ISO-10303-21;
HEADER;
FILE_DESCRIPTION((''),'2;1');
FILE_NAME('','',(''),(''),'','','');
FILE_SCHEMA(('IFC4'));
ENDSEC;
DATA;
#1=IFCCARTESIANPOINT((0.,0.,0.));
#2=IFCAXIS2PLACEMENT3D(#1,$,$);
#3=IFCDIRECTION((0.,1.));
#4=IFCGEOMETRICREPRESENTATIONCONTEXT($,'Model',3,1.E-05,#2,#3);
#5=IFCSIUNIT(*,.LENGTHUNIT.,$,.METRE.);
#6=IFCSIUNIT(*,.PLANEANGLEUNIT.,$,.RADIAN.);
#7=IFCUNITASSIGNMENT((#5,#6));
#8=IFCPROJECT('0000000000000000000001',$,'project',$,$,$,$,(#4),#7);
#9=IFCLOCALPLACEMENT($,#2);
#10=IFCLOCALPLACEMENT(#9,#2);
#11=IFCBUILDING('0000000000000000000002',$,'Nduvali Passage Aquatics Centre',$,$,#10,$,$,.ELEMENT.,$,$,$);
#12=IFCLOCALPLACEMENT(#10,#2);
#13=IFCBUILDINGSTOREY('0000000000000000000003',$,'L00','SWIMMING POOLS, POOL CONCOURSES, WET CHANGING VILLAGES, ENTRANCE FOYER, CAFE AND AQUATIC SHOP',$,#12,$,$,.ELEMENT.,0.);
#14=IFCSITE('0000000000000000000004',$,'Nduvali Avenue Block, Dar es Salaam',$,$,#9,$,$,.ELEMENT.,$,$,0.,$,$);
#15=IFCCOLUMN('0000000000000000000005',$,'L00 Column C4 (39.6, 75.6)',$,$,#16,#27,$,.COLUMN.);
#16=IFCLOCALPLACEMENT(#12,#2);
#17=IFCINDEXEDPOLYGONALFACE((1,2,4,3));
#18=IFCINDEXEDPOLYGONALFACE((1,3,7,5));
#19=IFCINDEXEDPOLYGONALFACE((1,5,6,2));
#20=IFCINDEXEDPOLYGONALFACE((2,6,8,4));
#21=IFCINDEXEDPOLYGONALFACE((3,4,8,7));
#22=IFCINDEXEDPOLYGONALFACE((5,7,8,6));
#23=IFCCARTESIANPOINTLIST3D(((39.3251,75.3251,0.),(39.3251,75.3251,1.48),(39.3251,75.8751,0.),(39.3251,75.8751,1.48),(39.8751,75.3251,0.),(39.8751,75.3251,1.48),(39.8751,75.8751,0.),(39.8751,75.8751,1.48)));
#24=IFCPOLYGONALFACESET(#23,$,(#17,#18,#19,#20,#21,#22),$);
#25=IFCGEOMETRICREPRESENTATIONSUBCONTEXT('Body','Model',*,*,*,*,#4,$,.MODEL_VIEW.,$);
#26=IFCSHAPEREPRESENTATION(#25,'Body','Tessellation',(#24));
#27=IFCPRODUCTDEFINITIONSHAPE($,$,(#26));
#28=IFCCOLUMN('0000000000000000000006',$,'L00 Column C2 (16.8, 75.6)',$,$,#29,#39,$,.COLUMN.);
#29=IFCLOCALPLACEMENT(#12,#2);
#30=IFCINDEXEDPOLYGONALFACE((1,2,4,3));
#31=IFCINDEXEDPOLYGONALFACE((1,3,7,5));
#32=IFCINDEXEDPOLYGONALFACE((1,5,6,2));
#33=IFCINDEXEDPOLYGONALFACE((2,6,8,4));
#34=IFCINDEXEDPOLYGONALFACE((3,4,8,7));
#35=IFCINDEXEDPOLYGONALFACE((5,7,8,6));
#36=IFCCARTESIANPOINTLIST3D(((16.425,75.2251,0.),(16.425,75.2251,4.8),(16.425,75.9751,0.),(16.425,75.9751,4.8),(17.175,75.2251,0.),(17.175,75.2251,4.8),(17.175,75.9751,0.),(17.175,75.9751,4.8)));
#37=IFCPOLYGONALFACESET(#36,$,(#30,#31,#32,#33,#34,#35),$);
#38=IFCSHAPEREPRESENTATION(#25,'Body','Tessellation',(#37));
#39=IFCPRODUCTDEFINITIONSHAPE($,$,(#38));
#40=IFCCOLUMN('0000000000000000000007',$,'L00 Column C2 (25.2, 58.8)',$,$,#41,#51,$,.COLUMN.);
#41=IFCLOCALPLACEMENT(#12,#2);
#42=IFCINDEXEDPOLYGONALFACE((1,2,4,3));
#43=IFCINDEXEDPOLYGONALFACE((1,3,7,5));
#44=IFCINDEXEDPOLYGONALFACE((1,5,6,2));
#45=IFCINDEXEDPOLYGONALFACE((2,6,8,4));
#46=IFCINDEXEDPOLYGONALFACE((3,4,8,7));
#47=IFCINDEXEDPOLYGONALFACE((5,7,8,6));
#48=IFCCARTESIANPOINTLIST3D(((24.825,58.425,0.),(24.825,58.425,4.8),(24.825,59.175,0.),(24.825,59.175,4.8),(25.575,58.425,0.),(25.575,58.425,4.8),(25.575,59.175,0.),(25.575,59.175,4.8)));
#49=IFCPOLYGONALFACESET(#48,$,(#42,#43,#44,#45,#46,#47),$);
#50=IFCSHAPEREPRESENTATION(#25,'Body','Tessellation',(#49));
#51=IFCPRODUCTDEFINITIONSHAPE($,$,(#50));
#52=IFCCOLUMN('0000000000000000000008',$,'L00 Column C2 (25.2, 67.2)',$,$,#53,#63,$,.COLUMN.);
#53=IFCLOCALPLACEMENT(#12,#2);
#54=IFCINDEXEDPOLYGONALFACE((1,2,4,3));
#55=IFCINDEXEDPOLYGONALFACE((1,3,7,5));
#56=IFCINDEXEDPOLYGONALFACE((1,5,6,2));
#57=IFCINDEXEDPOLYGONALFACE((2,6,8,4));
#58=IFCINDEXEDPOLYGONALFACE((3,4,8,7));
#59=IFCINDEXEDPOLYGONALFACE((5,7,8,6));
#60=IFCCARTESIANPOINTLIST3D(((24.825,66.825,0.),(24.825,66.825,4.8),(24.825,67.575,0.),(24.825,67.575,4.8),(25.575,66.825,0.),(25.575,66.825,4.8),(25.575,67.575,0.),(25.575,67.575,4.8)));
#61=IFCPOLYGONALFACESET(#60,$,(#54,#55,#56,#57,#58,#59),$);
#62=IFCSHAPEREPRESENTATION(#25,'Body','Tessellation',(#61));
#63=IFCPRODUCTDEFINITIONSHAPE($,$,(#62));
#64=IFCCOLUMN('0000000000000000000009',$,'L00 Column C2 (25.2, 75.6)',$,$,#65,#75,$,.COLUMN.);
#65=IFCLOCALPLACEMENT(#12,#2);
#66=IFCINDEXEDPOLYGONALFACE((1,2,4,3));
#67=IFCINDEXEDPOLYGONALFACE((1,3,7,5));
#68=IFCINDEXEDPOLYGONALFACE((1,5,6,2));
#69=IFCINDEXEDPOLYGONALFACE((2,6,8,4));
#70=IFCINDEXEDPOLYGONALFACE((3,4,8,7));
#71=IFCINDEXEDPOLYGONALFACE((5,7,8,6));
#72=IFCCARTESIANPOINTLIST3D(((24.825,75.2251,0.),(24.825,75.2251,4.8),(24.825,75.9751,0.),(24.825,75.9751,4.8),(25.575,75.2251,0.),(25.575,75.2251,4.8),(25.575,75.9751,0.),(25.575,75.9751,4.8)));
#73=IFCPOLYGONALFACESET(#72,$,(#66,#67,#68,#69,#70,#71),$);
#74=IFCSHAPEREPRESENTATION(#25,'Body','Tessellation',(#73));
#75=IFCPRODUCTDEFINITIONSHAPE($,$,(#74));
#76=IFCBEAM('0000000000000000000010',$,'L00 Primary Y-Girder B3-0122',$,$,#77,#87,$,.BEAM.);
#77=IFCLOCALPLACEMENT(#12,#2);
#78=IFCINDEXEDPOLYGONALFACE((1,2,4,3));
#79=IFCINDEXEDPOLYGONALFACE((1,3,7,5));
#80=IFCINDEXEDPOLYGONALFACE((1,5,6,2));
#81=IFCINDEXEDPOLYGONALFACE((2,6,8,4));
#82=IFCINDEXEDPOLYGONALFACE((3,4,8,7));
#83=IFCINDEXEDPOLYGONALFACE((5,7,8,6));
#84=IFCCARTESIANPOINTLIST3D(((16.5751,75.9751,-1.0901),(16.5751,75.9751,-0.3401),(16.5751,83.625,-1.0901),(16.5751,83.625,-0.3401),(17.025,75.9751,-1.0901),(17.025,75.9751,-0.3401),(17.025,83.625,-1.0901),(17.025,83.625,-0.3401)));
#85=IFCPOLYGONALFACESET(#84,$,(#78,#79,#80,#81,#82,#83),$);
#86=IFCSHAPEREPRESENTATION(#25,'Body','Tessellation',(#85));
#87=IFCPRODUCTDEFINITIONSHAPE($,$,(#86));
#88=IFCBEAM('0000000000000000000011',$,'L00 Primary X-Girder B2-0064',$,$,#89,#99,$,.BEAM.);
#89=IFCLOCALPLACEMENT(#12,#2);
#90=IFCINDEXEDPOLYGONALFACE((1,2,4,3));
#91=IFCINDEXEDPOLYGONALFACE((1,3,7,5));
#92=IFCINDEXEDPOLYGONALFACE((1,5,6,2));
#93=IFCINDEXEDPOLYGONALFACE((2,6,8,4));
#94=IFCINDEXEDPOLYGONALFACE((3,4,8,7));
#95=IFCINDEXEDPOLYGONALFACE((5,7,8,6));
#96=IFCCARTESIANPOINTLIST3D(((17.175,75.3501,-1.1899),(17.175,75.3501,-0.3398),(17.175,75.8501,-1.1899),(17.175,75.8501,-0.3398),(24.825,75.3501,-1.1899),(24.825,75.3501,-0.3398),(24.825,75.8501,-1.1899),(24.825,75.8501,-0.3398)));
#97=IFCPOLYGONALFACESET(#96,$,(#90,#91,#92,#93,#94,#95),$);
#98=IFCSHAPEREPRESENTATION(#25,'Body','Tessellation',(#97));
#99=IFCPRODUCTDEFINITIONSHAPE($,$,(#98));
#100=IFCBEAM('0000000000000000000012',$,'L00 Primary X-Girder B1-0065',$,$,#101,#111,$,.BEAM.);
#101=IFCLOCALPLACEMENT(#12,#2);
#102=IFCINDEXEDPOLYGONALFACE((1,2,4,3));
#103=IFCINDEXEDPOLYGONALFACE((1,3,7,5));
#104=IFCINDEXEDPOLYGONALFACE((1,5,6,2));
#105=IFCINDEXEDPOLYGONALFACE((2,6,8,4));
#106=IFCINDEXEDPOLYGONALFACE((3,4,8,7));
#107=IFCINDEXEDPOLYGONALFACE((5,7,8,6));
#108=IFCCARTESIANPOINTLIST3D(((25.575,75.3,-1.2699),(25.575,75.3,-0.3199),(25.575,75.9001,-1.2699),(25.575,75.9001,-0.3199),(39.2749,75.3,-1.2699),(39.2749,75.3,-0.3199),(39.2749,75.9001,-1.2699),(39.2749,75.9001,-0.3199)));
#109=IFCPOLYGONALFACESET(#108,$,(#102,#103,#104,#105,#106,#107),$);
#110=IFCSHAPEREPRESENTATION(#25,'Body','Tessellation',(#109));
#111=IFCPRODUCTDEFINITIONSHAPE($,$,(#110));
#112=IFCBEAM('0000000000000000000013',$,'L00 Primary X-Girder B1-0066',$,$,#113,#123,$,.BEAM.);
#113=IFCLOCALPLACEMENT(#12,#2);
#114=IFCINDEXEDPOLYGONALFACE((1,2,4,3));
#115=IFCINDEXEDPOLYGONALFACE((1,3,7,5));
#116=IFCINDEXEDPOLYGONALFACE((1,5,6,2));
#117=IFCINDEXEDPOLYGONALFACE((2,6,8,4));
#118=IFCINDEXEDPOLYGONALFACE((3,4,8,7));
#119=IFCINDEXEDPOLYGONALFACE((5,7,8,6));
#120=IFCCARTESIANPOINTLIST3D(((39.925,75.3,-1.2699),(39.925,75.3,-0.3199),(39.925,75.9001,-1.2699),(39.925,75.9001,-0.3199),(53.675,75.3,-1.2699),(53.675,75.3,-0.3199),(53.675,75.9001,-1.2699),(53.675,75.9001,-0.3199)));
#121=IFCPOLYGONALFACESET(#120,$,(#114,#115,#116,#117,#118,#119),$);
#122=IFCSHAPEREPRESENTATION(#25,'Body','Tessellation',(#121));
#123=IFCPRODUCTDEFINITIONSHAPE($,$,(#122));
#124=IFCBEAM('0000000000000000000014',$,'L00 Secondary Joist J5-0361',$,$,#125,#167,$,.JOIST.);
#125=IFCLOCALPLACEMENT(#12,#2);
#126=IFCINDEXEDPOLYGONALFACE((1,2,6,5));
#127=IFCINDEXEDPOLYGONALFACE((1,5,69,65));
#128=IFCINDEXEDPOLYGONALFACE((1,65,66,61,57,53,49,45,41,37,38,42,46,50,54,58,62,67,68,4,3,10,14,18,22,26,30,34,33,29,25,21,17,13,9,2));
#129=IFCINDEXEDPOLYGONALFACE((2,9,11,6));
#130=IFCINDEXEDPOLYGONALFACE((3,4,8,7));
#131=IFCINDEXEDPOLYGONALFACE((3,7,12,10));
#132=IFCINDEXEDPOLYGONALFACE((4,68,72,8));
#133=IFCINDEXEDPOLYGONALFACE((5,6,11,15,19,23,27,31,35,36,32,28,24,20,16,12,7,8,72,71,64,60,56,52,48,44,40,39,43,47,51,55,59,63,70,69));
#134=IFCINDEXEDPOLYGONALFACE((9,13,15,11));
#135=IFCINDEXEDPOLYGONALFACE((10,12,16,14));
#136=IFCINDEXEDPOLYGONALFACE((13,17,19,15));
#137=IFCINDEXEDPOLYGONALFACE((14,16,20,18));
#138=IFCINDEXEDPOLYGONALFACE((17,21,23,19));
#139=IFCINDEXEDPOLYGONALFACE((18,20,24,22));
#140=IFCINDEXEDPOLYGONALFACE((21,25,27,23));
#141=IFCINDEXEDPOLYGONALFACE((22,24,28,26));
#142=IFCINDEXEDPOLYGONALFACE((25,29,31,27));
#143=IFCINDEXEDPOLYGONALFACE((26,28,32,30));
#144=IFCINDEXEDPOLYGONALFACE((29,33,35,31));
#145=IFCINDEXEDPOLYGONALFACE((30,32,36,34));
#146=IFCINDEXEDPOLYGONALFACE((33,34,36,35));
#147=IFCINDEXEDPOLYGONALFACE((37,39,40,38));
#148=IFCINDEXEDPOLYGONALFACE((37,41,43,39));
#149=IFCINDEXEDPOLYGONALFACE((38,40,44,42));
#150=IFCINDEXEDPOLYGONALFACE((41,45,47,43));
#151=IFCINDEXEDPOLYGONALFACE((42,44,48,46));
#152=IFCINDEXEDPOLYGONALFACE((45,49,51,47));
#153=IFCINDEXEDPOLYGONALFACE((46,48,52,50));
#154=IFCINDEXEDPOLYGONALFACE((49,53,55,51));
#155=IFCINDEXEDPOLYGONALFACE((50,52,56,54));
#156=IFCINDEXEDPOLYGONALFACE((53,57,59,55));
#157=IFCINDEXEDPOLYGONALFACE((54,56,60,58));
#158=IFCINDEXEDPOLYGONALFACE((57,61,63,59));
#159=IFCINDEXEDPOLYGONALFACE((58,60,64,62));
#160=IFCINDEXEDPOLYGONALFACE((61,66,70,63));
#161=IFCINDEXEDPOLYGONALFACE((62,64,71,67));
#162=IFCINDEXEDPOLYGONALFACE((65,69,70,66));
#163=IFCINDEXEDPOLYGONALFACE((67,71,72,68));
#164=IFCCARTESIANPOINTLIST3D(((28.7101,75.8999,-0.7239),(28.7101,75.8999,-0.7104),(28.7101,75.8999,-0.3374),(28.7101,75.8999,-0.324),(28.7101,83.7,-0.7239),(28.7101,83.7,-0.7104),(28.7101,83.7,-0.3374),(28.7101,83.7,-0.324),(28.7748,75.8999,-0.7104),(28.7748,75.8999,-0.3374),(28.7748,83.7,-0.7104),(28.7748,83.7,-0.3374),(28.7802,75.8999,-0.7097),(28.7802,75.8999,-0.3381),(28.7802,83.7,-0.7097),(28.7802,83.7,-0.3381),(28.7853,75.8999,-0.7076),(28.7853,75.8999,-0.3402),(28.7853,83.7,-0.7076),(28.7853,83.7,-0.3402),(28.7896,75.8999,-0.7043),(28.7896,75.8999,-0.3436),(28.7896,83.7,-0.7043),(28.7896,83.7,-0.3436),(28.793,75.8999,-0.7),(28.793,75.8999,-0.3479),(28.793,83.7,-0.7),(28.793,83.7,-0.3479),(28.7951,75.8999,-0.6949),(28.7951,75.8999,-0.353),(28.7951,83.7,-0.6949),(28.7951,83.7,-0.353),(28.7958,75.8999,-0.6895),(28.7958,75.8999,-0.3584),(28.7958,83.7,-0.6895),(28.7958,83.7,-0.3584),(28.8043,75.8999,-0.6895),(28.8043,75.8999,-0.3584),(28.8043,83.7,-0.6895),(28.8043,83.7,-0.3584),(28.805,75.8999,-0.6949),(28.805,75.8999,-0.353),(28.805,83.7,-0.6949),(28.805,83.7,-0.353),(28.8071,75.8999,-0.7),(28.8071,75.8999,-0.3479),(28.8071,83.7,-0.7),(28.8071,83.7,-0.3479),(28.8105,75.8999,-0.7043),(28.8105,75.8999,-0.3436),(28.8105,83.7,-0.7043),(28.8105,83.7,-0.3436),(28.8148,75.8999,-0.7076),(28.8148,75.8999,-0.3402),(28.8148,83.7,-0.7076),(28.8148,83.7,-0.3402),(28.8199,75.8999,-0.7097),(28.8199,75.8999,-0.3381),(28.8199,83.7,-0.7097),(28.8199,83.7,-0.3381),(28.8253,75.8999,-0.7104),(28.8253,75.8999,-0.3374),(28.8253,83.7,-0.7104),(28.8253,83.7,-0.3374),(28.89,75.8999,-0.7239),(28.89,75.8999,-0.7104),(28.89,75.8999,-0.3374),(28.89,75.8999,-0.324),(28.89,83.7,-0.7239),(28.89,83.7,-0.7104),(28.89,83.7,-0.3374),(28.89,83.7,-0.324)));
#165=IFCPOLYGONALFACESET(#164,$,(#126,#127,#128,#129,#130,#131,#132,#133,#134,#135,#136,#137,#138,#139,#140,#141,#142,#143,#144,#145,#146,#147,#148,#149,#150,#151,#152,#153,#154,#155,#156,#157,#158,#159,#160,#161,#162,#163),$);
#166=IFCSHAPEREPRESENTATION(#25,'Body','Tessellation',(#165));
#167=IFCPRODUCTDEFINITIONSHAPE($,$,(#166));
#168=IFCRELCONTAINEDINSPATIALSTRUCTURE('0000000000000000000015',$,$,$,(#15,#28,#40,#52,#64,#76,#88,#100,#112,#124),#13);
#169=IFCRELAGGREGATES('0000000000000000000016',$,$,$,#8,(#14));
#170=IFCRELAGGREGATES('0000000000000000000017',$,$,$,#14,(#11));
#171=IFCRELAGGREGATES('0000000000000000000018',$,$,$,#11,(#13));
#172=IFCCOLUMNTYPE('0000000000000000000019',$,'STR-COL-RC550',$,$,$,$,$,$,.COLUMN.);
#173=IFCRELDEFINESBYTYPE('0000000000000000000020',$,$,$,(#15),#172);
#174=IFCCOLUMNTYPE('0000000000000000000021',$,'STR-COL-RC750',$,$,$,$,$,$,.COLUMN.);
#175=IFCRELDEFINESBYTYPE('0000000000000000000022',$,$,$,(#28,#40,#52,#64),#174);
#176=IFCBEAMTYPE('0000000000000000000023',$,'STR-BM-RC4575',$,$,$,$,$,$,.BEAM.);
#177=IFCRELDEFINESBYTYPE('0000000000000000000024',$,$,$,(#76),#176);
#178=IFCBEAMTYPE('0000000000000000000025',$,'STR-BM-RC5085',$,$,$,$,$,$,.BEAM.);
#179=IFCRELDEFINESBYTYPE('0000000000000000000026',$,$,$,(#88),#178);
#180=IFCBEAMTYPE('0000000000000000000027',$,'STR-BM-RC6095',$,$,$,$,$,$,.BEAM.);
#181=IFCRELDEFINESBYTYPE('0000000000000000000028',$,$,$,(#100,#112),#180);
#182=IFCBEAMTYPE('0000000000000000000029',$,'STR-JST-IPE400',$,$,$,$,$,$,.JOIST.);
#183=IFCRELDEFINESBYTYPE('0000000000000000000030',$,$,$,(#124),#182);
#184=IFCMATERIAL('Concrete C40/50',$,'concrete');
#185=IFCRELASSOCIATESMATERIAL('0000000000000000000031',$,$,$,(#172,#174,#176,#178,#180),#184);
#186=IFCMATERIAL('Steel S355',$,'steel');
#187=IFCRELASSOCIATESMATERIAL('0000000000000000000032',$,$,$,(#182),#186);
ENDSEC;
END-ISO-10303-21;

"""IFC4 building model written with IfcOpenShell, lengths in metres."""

from ifc_helpers import new_model, si_unit, direction, frame, origin, origin_2d, place, context, subcontext, project, spatial, rectangle, i_section, extrude, material, material_profile, profile_set, type_object, element, save


model = new_model("IFC4")

# Units and contexts
model_context = context("Model", 3, precision=1e-05, world=origin(), true_north=direction((0.0, 1.0)))
body_context = subcontext(model_context, "Body", "Model", "MODEL_VIEW")
ifc_project = project(units=[si_unit("LENGTHUNIT", "METRE"), si_unit("PLANEANGLEUNIT", "RADIAN")], contexts=[model_context])

# Site, building, storey
site_placement = place(None, origin())
site = spatial("IfcSite", under=ifc_project, at=site_placement, Name="Nduvali Avenue Block, Dar es Salaam", CompositionType="ELEMENT", RefElevation=0.0)
building_placement = place(site_placement, origin())
building = spatial("IfcBuilding", under=site, at=building_placement, Name="Nduvali Passage Aquatics Centre", CompositionType="ELEMENT")
storey_placement = place(building_placement, origin())
storey = spatial("IfcBuildingStorey", under=building, at=storey_placement, Name="L00", Description="SWIMMING POOLS, POOL CONCOURSES, WET CHANGING VILLAGES, ENTRANCE FOYER, CAFE AND AQUATIC SHOP", CompositionType="ELEMENT", Elevation=0.0)

# Columns
ifc_material_1 = material(Name="Concrete C40/50", Category="concrete")
ifc_material_profile_1 = material_profile(ifc_material_1, rectangle(XDim=0.55, YDim=0.55, at=origin_2d()), Name="RC 550x550")
ifc_profile_set_1 = profile_set([ifc_material_profile_1], Name="Concrete C40/50")
column_type_1 = type_object("IfcColumnType", Name="STR-COL-RC550", PredefinedType="COLUMN", material=ifc_profile_set_1)
column_placement = place(storey_placement, frame((39.6001, 75.6001, 0.0), z_axis=(0.0, 0.0, 1.0), x_axis=(1.0, 0.0, 0.0)))
element("IfcColumn", 1, at=column_placement, inside=storey, type_object=column_type_1, Name="L00 Column C4 (39.6, 75.6)", PredefinedType="COLUMN", context=body_context, shape_type="SweptSolid", body=[
    extrude(rectangle(XDim=0.55, YDim=0.55, at=origin_2d()), origin(), (0.0, 0.0, 1.0), 1.48),
])
ifc_material_profile_2 = material_profile(ifc_material_1, rectangle(XDim=0.75, YDim=0.75, at=origin_2d()), Name="RC 750x750")
ifc_profile_set_2 = profile_set([ifc_material_profile_2], Name="Concrete C40/50")
column_type_2 = type_object("IfcColumnType", Name="STR-COL-RC750", PredefinedType="COLUMN", material=ifc_profile_set_2)
for number, where, z_axis, x_axis, name in (
    (2, (16.8, 75.6001, 0.0), (0.0, 0.0, 1.0), (1.0, 0.0, 0.0), "L00 Column C2 (16.8, 75.6)"),
    (3, (25.2, 58.8, 0.0), (0.0, 0.0, 1.0), (1.0, 0.0, 0.0), "L00 Column C2 (25.2, 58.8)"),
    (4, (25.2, 67.2, 0.0), (0.0, 0.0, 1.0), (1.0, 0.0, 0.0), "L00 Column C2 (25.2, 67.2)"),
    (5, (25.2, 75.6001, 0.0), (0.0, 0.0, 1.0), (1.0, 0.0, 0.0), "L00 Column C2 (25.2, 75.6)"),
):
    element("IfcColumn", number, at=place(storey_placement, frame(where, z_axis=z_axis, x_axis=x_axis)), inside=storey, type_object=column_type_2, Name=name, PredefinedType="COLUMN", context=body_context, shape_type="SweptSolid", body=[
        extrude(rectangle(XDim=0.75, YDim=0.75, at=origin_2d()), origin(), (0.0, 0.0, 1.0), 4.8),
    ])

# Beams
ifc_material_profile_3 = material_profile(ifc_material_1, rectangle(XDim=0.45, YDim=0.75, at=origin_2d()), Name="RC 450x750")
ifc_profile_set_3 = profile_set([ifc_material_profile_3], Name="Concrete C40/50")
beam_type_1 = type_object("IfcBeamType", Name="STR-BM-RC4575", PredefinedType="BEAM", material=ifc_profile_set_3)
beam_1_placement = place(storey_placement, frame((16.8, 75.9751, -0.7151), z_axis=(0.0, 1.0, 0.0), x_axis=(-1.0, 0.0, 0.0)))
element("IfcBeam", 6, at=beam_1_placement, inside=storey, type_object=beam_type_1, Name="L00 Primary Y-Girder B3-0122", PredefinedType="BEAM", context=body_context, shape_type="SweptSolid", body=[
    extrude(rectangle(XDim=0.45, YDim=0.75, at=origin_2d()), origin(), (0.0, 0.0, 1.0), 7.6499),
])
ifc_material_profile_4 = material_profile(ifc_material_1, rectangle(XDim=0.5, YDim=0.8501, at=origin_2d()), Name="RC 500x850")
ifc_profile_set_4 = profile_set([ifc_material_profile_4], Name="Concrete C40/50")
beam_type_2 = type_object("IfcBeamType", Name="STR-BM-RC5085", PredefinedType="BEAM", material=ifc_profile_set_4)
beam_2_placement = place(storey_placement, frame((17.175, 75.6001, -0.7649), z_axis=(1.0, 0.0, 0.0), x_axis=(0.0, 1.0, 0.0)))
element("IfcBeam", 7, at=beam_2_placement, inside=storey, type_object=beam_type_2, Name="L00 Primary X-Girder B2-0064", PredefinedType="BEAM", context=body_context, shape_type="SweptSolid", body=[
    extrude(rectangle(XDim=0.5, YDim=0.8501, at=origin_2d()), origin(), (0.0, 0.0, 1.0), 7.6499),
])
ifc_material_profile_5 = material_profile(ifc_material_1, rectangle(XDim=0.6001, YDim=0.95, at=origin_2d()), Name="RC 600x950")
ifc_profile_set_5 = profile_set([ifc_material_profile_5], Name="Concrete C40/50")
beam_type_3 = type_object("IfcBeamType", Name="STR-BM-RC6095", PredefinedType="BEAM", material=ifc_profile_set_5)
beam_3_placement = place(storey_placement, frame((25.575, 75.6001, -0.7949), z_axis=(1.0, 0.0, 0.0), x_axis=(0.0, 1.0, 0.0)))
element("IfcBeam", 8, at=beam_3_placement, inside=storey, type_object=beam_type_3, Name="L00 Primary X-Girder B1-0065", PredefinedType="BEAM", context=body_context, shape_type="SweptSolid", body=[
    extrude(rectangle(XDim=0.6001, YDim=0.95, at=origin_2d()), origin(), (0.0, 0.0, 1.0), 13.7),
])
beam_4_placement = place(storey_placement, frame((39.925, 75.6001, -0.7949), z_axis=(1.0, 0.0, 0.0), x_axis=(0.0, 1.0, 0.0)))
element("IfcBeam", 9, at=beam_4_placement, inside=storey, type_object=beam_type_3, Name="L00 Primary X-Girder B1-0066", PredefinedType="BEAM", context=body_context, shape_type="SweptSolid", body=[
    extrude(rectangle(XDim=0.6001, YDim=0.95, at=origin_2d()), origin(), (0.0, 0.0, 1.0), 13.75),
])
ifc_material_2 = material(Name="Steel S355", Category="steel")
ifc_material_profile_6 = material_profile(ifc_material_2, i_section(OverallWidth=0.1799, OverallDepth=0.3999, WebThickness=0.0085, FlangeThickness=0.0134, FilletRadius=0.021, at=origin_2d()), Name="IPE 400")
ifc_profile_set_6 = profile_set([ifc_material_profile_6], Name="Steel S355")
beam_type_4 = type_object("IfcBeamType", Name="STR-JST-IPE400", PredefinedType="JOIST", material=ifc_profile_set_6)
for number, where, z_axis, x_axis, name in (
    (10, (28.8, 75.8999, -0.5239), (0.0, 1.0, 0.0), (-1.0, 0.0, 0.0), "L00 Secondary Joist J5-0361"),
):
    element("IfcBeam", number, at=place(storey_placement, frame(where, z_axis=z_axis, x_axis=x_axis)), inside=storey, type_object=beam_type_4, Name=name, PredefinedType="JOIST", context=body_context, shape_type="SweptSolid", body=[
        extrude(i_section(OverallWidth=0.1799, OverallDepth=0.3999, WebThickness=0.0085, FlangeThickness=0.0134, FilletRadius=0.021, at=origin_2d()), origin(), (0.0, 0.0, 1.0), 7.8),
    ])

save(model, "model.ifc")
